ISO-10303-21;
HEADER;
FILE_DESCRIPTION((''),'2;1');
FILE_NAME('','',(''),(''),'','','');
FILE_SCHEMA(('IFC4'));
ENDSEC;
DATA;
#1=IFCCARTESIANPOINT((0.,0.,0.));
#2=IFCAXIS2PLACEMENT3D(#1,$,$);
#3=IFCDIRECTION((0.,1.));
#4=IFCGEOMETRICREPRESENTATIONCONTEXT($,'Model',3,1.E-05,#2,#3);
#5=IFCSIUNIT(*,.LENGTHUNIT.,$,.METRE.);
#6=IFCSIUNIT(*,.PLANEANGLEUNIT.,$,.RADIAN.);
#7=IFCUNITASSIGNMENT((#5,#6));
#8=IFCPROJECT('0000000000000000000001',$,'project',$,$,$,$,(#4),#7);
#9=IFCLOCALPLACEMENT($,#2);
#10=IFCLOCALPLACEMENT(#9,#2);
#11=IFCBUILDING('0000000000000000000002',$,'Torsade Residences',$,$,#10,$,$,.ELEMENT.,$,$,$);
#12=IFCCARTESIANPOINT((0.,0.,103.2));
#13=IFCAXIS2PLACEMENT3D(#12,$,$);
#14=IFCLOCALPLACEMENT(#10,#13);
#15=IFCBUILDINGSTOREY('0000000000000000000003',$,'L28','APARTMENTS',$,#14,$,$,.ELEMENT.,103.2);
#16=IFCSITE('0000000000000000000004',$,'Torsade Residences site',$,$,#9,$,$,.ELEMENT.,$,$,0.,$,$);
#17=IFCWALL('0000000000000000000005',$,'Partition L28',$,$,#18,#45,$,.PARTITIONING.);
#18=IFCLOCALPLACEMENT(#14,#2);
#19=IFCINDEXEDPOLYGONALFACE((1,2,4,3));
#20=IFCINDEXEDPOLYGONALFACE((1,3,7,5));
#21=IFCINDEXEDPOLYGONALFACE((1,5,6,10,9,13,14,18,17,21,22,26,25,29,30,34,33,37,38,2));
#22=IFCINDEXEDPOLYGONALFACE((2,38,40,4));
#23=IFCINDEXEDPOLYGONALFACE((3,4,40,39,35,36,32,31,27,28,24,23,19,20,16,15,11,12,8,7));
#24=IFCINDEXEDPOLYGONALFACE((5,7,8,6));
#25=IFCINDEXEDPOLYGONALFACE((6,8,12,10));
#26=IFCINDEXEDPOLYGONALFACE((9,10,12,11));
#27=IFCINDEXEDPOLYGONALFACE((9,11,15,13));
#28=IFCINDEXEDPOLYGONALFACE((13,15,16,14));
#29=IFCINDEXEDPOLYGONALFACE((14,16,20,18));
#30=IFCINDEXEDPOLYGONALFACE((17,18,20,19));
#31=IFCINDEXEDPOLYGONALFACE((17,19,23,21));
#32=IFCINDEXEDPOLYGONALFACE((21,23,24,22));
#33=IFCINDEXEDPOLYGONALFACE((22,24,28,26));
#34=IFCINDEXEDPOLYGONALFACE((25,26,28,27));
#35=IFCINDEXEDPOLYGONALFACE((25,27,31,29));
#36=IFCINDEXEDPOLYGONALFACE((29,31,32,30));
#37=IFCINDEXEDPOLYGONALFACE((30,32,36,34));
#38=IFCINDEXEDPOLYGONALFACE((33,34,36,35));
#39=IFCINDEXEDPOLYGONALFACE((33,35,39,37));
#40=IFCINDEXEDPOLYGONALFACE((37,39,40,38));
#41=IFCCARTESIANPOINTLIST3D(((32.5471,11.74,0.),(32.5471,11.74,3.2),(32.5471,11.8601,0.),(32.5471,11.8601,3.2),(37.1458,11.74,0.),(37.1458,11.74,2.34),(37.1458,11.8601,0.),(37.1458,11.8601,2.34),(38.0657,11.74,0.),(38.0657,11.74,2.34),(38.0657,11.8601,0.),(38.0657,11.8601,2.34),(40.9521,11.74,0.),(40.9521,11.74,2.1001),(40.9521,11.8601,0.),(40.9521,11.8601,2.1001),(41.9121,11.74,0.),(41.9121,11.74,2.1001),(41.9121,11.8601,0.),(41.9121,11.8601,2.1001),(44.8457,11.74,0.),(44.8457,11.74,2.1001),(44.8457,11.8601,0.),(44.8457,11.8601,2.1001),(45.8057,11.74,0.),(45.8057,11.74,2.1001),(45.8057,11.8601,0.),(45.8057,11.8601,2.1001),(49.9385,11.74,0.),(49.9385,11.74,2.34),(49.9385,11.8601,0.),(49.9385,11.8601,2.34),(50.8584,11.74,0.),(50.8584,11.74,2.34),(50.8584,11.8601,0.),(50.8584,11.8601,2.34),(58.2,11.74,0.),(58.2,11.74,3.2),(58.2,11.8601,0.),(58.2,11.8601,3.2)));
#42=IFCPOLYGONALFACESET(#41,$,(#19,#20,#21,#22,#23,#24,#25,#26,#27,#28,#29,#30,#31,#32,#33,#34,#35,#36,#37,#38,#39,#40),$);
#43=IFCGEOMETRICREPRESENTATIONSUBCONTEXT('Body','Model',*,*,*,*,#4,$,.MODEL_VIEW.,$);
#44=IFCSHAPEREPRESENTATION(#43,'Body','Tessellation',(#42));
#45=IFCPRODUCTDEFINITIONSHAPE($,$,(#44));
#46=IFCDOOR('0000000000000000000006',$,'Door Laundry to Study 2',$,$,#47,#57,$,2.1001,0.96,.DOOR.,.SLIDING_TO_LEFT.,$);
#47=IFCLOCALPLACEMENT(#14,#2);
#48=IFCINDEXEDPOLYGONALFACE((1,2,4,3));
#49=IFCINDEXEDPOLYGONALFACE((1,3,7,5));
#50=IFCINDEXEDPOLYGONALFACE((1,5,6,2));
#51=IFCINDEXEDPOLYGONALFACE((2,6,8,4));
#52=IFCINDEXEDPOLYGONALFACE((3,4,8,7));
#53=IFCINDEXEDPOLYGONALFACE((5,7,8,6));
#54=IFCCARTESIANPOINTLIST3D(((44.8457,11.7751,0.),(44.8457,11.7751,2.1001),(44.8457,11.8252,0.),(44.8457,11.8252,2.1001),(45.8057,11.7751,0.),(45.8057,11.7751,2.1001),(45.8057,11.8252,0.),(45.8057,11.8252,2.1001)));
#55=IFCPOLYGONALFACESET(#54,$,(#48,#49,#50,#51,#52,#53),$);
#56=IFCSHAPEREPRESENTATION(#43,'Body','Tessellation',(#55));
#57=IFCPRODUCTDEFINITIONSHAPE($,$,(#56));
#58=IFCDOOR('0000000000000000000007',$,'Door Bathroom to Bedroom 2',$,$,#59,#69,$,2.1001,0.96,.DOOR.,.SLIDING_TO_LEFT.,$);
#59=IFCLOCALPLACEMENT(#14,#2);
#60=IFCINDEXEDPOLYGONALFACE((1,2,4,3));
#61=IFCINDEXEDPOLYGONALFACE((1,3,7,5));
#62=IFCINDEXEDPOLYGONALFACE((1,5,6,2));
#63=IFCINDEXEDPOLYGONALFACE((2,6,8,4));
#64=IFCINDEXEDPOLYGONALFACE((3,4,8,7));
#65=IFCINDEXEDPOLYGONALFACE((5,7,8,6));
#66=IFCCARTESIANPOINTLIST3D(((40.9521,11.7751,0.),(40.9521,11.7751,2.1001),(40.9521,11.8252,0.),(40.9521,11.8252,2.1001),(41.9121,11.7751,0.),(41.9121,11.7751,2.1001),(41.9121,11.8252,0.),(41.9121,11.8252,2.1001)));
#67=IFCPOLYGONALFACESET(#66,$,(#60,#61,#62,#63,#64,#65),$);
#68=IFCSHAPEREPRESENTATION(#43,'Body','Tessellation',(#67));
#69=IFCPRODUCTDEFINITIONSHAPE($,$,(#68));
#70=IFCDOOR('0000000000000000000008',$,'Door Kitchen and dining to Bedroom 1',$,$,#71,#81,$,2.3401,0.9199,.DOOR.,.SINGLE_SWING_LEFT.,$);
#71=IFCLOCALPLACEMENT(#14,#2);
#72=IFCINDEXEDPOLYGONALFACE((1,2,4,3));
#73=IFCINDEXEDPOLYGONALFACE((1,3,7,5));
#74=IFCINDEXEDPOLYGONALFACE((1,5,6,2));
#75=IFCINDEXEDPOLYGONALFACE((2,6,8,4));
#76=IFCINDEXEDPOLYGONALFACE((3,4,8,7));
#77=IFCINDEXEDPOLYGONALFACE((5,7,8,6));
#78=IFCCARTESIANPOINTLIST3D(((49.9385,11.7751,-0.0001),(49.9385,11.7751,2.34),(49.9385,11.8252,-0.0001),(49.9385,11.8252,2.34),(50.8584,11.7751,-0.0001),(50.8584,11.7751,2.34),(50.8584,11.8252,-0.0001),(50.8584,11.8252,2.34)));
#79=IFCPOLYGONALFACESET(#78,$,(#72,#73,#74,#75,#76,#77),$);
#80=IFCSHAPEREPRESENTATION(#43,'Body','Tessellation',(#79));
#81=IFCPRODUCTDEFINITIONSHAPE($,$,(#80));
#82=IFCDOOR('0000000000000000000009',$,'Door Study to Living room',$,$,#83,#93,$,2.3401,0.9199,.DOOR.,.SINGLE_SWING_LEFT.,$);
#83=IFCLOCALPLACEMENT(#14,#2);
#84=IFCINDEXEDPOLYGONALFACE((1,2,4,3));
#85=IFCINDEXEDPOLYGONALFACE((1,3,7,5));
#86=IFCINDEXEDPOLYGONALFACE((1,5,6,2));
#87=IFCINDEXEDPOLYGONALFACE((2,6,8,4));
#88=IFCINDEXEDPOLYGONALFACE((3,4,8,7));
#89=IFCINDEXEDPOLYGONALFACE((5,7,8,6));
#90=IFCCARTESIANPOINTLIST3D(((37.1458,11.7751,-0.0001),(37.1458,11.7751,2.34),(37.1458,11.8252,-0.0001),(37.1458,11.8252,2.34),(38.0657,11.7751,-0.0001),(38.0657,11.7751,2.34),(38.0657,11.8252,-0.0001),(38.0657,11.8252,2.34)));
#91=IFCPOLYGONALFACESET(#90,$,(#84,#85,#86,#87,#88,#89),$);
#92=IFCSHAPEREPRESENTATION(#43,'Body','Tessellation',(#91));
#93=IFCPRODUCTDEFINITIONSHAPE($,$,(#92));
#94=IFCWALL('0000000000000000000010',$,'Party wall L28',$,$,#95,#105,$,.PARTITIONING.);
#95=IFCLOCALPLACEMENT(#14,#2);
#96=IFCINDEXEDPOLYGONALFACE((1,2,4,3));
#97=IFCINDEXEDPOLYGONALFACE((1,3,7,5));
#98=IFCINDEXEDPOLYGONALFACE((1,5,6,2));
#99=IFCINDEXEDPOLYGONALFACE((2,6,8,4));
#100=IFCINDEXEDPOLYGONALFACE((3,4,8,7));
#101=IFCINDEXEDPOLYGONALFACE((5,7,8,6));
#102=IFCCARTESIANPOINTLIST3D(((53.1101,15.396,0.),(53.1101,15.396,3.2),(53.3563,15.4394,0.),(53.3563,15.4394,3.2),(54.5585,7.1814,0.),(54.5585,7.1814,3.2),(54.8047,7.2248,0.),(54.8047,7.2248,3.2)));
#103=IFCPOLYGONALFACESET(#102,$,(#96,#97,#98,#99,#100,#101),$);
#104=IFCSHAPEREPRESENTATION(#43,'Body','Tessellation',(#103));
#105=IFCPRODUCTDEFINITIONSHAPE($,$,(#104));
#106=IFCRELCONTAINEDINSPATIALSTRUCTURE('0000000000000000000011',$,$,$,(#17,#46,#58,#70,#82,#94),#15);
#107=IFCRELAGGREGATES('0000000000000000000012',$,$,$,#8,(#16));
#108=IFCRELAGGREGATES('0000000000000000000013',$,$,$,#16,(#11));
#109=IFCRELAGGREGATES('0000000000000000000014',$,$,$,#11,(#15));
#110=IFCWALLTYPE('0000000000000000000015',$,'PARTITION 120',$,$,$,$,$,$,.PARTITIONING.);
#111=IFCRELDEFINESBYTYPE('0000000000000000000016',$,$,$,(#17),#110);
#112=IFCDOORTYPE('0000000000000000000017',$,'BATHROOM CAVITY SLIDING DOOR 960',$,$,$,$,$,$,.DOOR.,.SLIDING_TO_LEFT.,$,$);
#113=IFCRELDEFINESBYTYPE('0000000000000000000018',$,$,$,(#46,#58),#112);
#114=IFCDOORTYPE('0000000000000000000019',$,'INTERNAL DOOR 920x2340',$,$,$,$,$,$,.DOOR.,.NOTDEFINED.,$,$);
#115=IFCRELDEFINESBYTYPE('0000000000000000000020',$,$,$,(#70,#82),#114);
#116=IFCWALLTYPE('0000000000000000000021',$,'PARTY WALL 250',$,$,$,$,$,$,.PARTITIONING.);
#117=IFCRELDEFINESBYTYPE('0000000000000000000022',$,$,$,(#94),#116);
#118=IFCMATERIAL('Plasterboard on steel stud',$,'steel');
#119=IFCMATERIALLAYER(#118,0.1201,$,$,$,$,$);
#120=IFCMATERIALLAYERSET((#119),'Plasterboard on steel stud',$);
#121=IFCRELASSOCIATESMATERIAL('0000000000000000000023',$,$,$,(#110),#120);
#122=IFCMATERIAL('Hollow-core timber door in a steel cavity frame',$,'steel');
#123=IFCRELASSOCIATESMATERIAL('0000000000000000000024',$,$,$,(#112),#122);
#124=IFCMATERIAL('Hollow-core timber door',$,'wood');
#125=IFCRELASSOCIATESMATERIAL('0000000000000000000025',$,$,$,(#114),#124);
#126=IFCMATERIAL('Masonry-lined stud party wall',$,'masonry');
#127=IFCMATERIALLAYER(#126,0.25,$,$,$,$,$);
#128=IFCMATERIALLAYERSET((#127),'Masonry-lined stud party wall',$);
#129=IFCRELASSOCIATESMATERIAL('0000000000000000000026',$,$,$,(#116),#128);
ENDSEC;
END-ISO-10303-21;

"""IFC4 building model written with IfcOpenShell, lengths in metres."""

from ifc_helpers import new_model, si_unit, direction, frame, frame_2d, origin, place, context, subcontext, project, spatial, rectangle, extrude, material, layer, layer_set, type_object, element, fill, save


model = new_model("IFC4")

# Units and contexts
model_context = context("Model", 3, precision=1e-05, world=origin(), true_north=direction((0.0, 1.0)))
body_context = subcontext(model_context, "Body", "Model", "MODEL_VIEW")
ifc_project = project(units=[si_unit("LENGTHUNIT", "METRE"), si_unit("PLANEANGLEUNIT", "RADIAN")], contexts=[model_context])

# Site, building, storey
site_placement = place(None, origin())
site = spatial("IfcSite", under=ifc_project, at=site_placement, Name="Torsade Residences site", CompositionType="ELEMENT", RefElevation=0.0)
building_placement = place(site_placement, origin())
building = spatial("IfcBuilding", under=site, at=building_placement, Name="Torsade Residences", CompositionType="ELEMENT")
storey_placement = place(building_placement, frame((0.0, 0.0, 103.2)))
storey = spatial("IfcBuildingStorey", under=building, at=storey_placement, Name="L28", Description="APARTMENTS", CompositionType="ELEMENT", Elevation=103.2)

# Wall, openings, doors
ifc_material_1 = material(Name="Plasterboard on steel stud", Category="steel")
ifc_layer_1 = layer(ifc_material_1, 0.1201)
ifc_layer_set_1 = layer_set([ifc_layer_1], Name="Plasterboard on steel stud")
wall_type_1 = type_object("IfcWallType", Name="PARTITION 120", PredefinedType="PARTITIONING", material=ifc_layer_set_1)
wall_1_placement = place(storey_placement, frame((58.2, 11.8, 0.0), z_axis=(0.0, 0.0, 1.0), x_axis=(-1.0, 0.0, 0.0)))
wall_1 = element("IfcWall", 1, at=wall_1_placement, inside=storey, type_object=wall_type_1, Name="Partition L28", PredefinedType="PARTITIONING", context=body_context, shape_type="SweptSolid", body=[
    extrude(rectangle(XDim=25.6528, YDim=0.1201, at=frame_2d((12.8264, 0.0))), origin(), (0.0, 0.0, 1.0), 3.2),
])
opening_1_placement = place(wall_1_placement, frame((7.3416, 0.0, 0.0)))
opening_1 = element("IfcOpeningElement", 2, at=opening_1_placement, cuts=wall_1, PredefinedType="OPENING", context=body_context, shape_type="SweptSolid", body=[
    extrude(rectangle(XDim=0.9199, YDim=2.3401, at=frame_2d((0.46, 1.1699))), frame((0.0, 0.0701, 0.0), z_axis=(0.0, -1.0, 0.0), x_axis=(1.0, 0.0, 0.0)), (0.0, 0.0, 1.0), 0.1401),
])
opening_2_placement = place(wall_1_placement, frame((12.3943, 0.0, 0.0)))
opening_2 = element("IfcOpeningElement", 3, at=opening_2_placement, cuts=wall_1, PredefinedType="OPENING", context=body_context, shape_type="SweptSolid", body=[
    extrude(rectangle(XDim=0.96, YDim=2.1001, at=frame_2d((0.48, 1.05))), frame((0.0, 0.0701, 0.0), z_axis=(0.0, -1.0, 0.0), x_axis=(1.0, 0.0, 0.0)), (0.0, 0.0, 1.0), 0.1401),
])
opening_3_placement = place(wall_1_placement, frame((16.2878, 0.0, 0.0)))
opening_3 = element("IfcOpeningElement", 4, at=opening_3_placement, cuts=wall_1, PredefinedType="OPENING", context=body_context, shape_type="SweptSolid", body=[
    extrude(rectangle(XDim=0.96, YDim=2.1001, at=frame_2d((0.48, 1.05))), frame((0.0, 0.0701, 0.0), z_axis=(0.0, -1.0, 0.0), x_axis=(1.0, 0.0, 0.0)), (0.0, 0.0, 1.0), 0.1401),
])
opening_4_placement = place(wall_1_placement, frame((20.1343, 0.0, 0.0)))
opening_4 = element("IfcOpeningElement", 5, at=opening_4_placement, cuts=wall_1, PredefinedType="OPENING", context=body_context, shape_type="SweptSolid", body=[
    extrude(rectangle(XDim=0.9199, YDim=2.3401, at=frame_2d((0.46, 1.1699))), frame((0.0, 0.0701, 0.0), z_axis=(0.0, -1.0, 0.0), x_axis=(1.0, 0.0, 0.0)), (0.0, 0.0, 1.0), 0.1401),
])
ifc_material_2 = material(Name="Hollow-core timber door in a steel cavity frame", Category="steel")
door_type_1 = type_object("IfcDoorType", Name="BATHROOM CAVITY SLIDING DOOR 960", OperationType="SLIDING_TO_LEFT", PredefinedType="DOOR", material=ifc_material_2)
door_1_placement = place(opening_2_placement, origin())
door_1 = element("IfcDoor", 6, at=door_1_placement, inside=storey, type_object=door_type_1, Name="Door Laundry to Study 2", OperationType="SLIDING_TO_LEFT", OverallHeight=2.1001, OverallWidth=0.96, PredefinedType="DOOR", context=body_context, shape_type="SweptSolid", body=[
    extrude(rectangle(XDim=0.96, YDim=2.1001, at=frame_2d((0.48, 1.05))), frame((0.0, 0.0249, 0.0), z_axis=(0.0, -1.0, 0.0), x_axis=(1.0, 0.0, 0.0)), (0.0, 0.0, 1.0), 0.05),
])
fill(opening_2, door_1)
door_2_placement = place(opening_3_placement, origin())
door_2 = element("IfcDoor", 7, at=door_2_placement, inside=storey, type_object=door_type_1, Name="Door Bathroom to Bedroom 2", OperationType="SLIDING_TO_LEFT", OverallHeight=2.1001, OverallWidth=0.96, PredefinedType="DOOR", context=body_context, shape_type="SweptSolid", body=[
    extrude(rectangle(XDim=0.96, YDim=2.1001, at=frame_2d((0.48, 1.05))), frame((0.0, 0.0249, 0.0), z_axis=(0.0, -1.0, 0.0), x_axis=(1.0, 0.0, 0.0)), (0.0, 0.0, 1.0), 0.05),
])
fill(opening_3, door_2)
ifc_material_3 = material(Name="Hollow-core timber door", Category="wood")
door_type_2 = type_object("IfcDoorType", Name="INTERNAL DOOR 920x2340", OperationType="NOTDEFINED", PredefinedType="DOOR", material=ifc_material_3)
door_3_placement = place(opening_1_placement, origin())
door_3 = element("IfcDoor", 8, at=door_3_placement, inside=storey, type_object=door_type_2, Name="Door Kitchen and dining to Bedroom 1", OperationType="SINGLE_SWING_LEFT", OverallHeight=2.3401, OverallWidth=0.9199, PredefinedType="DOOR", context=body_context, shape_type="SweptSolid", body=[
    extrude(rectangle(XDim=0.9199, YDim=2.3401, at=frame_2d((0.46, 1.1699))), frame((0.0, 0.0249, 0.0), z_axis=(0.0, -1.0, 0.0), x_axis=(1.0, 0.0, 0.0)), (0.0, 0.0, 1.0), 0.05),
])
fill(opening_1, door_3)
door_4_placement = place(opening_4_placement, origin())
door_4 = element("IfcDoor", 9, at=door_4_placement, inside=storey, type_object=door_type_2, Name="Door Study to Living room", OperationType="SINGLE_SWING_LEFT", OverallHeight=2.3401, OverallWidth=0.9199, PredefinedType="DOOR", context=body_context, shape_type="SweptSolid", body=[
    extrude(rectangle(XDim=0.9199, YDim=2.3401, at=frame_2d((0.46, 1.1699))), frame((0.0, 0.0249, 0.0), z_axis=(0.0, -1.0, 0.0), x_axis=(1.0, 0.0, 0.0)), (0.0, 0.0, 1.0), 0.05),
])
fill(opening_4, door_4)

# Wall
ifc_material_4 = material(Name="Masonry-lined stud party wall", Category="masonry")
ifc_layer_2 = layer(ifc_material_4, 0.25)
ifc_layer_set_2 = layer_set([ifc_layer_2], Name="Masonry-lined stud party wall")
wall_type_2 = type_object("IfcWallType", Name="PARTY WALL 250", PredefinedType="PARTITIONING", material=ifc_layer_set_2)
wall_2_placement = place(storey_placement, frame((54.6816, 7.2031, 0.0), z_axis=(0.0, 0.0, 1.0), x_axis=(-0.173652, 0.984807, 0.0)))
element("IfcWall", 10, at=wall_2_placement, inside=storey, type_object=wall_type_2, Name="Party wall L28", PredefinedType="PARTITIONING", context=body_context, shape_type="SweptSolid", body=[
    extrude(rectangle(XDim=8.3413, YDim=0.25, at=frame_2d((4.1707, 0.0))), origin(), (0.0, 0.0, 1.0), 3.2),
])

save(model, "model.ifc")
